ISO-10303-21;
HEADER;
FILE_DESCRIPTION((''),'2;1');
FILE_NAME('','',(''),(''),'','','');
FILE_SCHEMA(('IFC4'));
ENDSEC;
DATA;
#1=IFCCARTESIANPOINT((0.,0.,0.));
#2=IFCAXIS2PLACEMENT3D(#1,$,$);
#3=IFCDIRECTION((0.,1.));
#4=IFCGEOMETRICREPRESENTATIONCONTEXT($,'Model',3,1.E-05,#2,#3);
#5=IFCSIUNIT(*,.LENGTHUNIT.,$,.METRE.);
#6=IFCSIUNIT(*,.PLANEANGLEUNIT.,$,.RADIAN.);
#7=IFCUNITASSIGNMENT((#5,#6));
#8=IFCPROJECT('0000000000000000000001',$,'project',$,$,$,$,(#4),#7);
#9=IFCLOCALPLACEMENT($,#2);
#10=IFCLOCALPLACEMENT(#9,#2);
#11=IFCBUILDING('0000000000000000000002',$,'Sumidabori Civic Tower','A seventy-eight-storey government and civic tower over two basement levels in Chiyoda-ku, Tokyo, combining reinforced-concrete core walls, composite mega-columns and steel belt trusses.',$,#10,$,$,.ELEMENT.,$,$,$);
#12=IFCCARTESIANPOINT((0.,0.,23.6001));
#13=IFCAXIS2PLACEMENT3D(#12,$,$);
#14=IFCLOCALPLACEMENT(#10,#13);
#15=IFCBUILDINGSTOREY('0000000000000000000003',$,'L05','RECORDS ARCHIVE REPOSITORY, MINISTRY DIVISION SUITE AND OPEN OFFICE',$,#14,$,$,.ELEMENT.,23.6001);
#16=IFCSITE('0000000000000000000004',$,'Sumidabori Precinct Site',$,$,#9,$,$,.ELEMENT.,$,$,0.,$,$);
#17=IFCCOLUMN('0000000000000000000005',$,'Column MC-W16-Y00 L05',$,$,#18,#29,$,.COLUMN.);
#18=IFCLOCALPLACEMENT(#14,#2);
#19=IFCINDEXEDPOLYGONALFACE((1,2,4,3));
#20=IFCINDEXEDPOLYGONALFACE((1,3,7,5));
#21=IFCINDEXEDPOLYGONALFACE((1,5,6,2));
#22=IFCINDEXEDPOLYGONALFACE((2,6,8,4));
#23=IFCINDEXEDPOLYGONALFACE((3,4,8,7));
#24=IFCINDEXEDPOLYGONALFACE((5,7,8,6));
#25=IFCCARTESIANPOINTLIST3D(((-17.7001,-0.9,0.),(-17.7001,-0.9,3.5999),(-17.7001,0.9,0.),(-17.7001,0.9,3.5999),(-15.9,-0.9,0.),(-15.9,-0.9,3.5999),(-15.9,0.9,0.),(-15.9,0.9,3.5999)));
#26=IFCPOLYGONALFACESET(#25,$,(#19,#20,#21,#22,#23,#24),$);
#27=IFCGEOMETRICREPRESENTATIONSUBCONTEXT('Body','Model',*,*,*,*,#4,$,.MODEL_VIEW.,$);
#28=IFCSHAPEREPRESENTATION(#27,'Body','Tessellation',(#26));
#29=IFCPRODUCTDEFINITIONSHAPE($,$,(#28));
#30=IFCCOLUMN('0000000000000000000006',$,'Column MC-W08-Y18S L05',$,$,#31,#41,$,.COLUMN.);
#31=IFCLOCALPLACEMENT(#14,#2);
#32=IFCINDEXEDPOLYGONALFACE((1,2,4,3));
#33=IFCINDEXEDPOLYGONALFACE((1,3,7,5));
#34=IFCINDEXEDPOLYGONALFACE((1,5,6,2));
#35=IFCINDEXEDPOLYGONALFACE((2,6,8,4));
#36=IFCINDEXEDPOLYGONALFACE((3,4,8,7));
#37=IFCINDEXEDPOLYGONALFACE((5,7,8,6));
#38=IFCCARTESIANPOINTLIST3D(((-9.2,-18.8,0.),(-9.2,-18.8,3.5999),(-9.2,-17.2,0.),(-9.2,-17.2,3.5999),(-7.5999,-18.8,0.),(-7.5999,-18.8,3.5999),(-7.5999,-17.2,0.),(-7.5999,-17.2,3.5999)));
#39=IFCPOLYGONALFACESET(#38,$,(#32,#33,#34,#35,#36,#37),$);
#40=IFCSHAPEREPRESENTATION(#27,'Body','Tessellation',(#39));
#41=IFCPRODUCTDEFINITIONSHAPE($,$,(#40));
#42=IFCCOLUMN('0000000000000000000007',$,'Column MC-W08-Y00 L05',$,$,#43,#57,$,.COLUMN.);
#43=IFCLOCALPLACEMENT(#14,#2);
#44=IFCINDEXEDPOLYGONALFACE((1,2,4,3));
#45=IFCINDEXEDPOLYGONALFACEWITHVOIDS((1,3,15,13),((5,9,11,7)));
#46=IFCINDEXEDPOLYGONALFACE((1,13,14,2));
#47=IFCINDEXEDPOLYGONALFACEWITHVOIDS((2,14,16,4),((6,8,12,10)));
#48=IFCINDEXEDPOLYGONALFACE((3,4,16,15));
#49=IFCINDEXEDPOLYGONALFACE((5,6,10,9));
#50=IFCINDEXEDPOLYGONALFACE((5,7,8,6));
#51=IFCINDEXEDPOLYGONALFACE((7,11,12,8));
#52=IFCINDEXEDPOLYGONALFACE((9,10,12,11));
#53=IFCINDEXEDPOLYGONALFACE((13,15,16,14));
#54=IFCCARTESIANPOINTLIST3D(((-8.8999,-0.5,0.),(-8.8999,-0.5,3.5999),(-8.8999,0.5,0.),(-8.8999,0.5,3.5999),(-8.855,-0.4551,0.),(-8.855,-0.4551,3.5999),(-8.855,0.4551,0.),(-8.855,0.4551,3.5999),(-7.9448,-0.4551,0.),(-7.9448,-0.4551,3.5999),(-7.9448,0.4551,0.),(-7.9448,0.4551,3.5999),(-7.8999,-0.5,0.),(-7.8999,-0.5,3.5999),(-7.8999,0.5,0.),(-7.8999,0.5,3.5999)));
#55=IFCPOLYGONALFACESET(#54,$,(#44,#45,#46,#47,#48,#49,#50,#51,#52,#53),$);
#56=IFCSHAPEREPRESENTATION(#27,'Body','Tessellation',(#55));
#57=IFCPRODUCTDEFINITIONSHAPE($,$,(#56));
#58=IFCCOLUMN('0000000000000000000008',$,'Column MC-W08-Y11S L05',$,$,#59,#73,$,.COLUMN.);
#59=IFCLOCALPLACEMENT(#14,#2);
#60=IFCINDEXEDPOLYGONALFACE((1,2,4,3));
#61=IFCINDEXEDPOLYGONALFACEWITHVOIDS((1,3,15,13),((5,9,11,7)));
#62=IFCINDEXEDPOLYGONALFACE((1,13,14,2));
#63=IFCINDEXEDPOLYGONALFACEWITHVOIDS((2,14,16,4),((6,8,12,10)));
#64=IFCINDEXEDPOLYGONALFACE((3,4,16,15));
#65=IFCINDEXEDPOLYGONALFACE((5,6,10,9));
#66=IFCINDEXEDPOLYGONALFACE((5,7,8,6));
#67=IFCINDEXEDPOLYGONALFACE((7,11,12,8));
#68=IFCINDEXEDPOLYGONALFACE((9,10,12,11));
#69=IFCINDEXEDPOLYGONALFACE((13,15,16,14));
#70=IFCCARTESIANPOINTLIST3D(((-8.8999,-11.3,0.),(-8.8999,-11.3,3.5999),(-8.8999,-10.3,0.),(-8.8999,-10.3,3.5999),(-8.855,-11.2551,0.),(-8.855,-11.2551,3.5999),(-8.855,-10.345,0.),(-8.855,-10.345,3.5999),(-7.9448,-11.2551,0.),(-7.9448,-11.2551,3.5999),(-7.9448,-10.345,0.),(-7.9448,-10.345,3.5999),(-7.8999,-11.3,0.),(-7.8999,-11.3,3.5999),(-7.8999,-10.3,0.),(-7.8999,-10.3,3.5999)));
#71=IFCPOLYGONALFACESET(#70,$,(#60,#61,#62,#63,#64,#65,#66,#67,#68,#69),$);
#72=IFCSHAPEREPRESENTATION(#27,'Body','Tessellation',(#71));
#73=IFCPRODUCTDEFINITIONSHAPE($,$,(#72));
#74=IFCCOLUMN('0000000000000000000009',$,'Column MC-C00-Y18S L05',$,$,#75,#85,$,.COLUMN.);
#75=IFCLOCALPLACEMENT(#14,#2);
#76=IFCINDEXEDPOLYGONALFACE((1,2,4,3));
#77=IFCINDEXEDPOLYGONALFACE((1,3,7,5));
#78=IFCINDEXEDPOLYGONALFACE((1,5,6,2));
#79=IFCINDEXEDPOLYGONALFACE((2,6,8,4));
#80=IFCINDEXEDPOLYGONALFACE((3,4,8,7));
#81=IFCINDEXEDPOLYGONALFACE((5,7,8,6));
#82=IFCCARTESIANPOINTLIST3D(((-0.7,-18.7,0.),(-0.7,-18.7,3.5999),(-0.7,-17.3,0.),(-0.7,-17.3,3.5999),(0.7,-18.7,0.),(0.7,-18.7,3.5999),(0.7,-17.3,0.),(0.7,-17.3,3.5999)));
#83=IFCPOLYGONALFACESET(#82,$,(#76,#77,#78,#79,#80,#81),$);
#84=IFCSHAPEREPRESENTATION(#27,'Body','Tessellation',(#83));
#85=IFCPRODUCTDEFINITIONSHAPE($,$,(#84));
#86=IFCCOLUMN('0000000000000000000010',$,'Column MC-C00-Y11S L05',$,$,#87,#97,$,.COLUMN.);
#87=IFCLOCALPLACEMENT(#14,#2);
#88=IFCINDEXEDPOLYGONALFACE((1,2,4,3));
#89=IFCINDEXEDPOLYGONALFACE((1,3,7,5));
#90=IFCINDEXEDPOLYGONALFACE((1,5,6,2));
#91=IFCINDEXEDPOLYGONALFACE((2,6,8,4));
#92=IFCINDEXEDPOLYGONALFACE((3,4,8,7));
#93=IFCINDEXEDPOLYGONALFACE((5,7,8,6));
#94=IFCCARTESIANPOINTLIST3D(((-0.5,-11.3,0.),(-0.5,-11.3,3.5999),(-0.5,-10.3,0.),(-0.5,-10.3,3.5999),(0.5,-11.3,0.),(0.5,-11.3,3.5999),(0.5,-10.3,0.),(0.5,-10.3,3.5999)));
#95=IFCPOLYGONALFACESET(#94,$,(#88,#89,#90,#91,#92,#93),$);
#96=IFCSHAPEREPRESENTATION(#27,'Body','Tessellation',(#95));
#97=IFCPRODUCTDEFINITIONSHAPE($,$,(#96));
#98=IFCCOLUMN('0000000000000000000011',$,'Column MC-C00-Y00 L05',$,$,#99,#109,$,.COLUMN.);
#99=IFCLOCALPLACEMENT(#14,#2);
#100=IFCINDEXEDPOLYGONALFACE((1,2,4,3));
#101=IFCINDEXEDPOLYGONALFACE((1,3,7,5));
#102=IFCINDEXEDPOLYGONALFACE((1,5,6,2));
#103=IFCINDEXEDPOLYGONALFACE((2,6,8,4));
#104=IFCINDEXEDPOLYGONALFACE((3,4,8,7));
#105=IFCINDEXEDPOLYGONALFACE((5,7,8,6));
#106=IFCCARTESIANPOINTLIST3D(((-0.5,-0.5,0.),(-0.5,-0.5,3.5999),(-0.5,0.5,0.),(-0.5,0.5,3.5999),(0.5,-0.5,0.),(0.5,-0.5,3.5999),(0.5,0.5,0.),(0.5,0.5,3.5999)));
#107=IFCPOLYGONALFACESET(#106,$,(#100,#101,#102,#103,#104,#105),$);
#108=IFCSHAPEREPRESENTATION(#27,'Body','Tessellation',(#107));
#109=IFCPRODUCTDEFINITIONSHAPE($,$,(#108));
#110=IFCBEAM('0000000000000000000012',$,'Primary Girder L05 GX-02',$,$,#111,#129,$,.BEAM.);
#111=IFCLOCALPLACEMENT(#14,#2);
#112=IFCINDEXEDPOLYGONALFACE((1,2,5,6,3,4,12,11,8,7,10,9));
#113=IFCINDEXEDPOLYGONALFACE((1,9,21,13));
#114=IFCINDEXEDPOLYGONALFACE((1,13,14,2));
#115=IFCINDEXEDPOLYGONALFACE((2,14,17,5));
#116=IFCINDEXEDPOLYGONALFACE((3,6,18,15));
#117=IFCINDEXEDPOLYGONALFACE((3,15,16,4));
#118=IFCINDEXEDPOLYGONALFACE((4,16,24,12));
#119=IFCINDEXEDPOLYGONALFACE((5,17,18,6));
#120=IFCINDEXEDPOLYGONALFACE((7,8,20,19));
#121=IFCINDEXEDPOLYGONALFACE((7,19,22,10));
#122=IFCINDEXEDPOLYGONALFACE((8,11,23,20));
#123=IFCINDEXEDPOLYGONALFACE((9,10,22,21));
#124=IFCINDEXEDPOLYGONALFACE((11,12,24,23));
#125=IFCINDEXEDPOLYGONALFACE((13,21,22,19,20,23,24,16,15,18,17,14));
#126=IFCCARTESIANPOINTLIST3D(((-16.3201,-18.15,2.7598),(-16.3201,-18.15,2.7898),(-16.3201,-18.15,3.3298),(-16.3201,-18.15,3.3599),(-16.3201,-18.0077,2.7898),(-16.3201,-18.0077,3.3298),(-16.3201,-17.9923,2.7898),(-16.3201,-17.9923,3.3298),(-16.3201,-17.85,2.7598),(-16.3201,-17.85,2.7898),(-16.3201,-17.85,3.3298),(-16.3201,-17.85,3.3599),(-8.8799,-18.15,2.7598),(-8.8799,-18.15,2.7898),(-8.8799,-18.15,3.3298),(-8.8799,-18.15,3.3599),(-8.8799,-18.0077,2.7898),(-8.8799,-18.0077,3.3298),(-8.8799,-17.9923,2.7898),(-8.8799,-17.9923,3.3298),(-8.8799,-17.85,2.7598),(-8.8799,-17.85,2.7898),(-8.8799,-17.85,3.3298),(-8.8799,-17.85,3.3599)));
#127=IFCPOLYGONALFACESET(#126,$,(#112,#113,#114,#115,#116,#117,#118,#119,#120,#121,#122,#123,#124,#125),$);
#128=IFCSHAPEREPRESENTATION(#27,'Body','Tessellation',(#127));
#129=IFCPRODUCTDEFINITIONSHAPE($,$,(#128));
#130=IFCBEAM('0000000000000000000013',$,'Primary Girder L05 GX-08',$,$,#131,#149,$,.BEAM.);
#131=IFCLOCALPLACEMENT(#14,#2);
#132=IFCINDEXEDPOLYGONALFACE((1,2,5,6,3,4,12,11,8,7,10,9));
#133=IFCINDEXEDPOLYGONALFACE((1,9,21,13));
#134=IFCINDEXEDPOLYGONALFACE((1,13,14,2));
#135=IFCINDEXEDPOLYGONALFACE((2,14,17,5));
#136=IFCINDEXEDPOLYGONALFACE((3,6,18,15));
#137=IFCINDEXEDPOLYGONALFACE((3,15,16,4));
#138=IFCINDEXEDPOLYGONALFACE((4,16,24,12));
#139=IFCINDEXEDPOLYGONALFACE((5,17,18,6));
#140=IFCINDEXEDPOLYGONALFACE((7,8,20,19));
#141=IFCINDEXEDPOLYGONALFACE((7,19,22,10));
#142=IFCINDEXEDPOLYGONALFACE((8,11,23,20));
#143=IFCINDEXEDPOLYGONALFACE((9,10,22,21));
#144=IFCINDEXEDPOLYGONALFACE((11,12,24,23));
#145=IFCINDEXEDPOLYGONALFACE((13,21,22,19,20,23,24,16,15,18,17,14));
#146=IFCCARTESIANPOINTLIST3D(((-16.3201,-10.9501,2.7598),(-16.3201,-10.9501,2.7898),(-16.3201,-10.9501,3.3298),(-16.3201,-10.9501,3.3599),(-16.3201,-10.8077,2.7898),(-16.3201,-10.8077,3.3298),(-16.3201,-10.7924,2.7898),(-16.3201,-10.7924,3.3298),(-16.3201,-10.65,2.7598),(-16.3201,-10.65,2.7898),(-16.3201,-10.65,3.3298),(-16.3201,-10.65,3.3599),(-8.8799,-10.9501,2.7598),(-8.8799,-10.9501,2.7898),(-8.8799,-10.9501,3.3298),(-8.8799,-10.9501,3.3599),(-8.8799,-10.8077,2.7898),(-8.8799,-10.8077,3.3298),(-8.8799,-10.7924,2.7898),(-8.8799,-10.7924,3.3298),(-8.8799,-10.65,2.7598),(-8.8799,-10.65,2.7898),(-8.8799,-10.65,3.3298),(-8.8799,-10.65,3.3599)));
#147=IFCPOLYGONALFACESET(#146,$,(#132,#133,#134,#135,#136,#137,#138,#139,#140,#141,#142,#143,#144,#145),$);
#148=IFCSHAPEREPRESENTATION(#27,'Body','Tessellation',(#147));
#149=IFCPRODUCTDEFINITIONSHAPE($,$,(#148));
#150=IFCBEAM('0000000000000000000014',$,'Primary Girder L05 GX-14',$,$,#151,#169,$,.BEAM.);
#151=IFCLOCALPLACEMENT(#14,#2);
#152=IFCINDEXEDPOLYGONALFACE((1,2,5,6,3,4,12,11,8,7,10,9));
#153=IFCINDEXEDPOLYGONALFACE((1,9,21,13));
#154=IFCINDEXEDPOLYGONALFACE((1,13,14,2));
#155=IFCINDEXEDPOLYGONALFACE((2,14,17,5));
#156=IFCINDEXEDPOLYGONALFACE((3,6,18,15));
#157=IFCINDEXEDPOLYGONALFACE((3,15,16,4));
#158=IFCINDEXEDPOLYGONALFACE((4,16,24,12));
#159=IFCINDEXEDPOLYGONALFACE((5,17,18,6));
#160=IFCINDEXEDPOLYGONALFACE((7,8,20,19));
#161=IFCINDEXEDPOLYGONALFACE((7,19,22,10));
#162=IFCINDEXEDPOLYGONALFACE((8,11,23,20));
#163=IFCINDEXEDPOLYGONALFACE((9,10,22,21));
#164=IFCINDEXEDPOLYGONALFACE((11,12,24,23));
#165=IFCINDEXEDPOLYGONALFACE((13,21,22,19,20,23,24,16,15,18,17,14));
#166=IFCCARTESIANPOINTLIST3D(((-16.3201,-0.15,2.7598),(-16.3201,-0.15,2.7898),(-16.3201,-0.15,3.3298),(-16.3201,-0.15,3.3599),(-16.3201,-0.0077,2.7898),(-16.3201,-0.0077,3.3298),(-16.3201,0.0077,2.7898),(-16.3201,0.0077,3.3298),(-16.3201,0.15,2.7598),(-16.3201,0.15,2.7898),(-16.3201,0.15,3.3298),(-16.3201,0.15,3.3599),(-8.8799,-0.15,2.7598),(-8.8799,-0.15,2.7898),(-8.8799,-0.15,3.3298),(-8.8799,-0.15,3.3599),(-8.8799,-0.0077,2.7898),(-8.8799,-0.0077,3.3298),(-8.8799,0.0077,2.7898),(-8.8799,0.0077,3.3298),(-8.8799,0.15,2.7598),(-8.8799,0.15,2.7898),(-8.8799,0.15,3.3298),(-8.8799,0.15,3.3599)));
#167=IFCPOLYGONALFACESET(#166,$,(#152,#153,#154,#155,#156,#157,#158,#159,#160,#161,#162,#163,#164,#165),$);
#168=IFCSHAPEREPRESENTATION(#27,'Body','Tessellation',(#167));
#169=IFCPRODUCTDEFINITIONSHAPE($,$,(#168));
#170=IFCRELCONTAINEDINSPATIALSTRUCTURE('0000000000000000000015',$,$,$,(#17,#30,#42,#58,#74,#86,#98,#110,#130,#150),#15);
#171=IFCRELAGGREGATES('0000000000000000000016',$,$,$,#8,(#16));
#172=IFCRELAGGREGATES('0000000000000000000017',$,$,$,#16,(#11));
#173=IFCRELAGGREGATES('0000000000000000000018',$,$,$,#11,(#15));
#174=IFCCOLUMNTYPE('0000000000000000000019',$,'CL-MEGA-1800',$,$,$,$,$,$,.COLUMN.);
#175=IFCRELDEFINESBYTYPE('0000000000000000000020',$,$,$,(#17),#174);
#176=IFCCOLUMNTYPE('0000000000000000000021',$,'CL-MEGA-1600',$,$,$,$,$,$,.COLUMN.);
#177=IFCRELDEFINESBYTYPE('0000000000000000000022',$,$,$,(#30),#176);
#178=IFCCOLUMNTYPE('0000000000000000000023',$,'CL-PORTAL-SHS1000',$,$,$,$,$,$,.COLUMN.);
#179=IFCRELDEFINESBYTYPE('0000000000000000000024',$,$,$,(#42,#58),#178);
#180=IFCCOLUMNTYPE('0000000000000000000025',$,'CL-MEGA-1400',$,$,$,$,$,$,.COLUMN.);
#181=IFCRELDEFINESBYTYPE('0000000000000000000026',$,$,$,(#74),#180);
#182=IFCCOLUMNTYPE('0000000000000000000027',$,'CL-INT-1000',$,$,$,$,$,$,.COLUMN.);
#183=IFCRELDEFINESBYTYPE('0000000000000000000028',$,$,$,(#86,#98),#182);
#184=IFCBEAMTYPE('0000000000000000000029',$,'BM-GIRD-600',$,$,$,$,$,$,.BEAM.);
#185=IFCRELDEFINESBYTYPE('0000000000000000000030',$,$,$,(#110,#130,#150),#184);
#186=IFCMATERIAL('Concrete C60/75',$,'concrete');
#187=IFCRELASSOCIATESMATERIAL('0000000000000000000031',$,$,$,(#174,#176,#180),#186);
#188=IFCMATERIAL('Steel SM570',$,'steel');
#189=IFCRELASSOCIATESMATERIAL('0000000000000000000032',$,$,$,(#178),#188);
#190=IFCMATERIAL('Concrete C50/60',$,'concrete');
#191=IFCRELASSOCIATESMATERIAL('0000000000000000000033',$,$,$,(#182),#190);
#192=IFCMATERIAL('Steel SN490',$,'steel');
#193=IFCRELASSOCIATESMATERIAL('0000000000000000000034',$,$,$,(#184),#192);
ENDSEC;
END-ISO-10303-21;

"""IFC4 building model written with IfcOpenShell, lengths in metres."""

from ifc_helpers import new_model, si_unit, direction, frame, origin, origin_2d, place, context, subcontext, project, spatial, rectangle, hollow_rectangle, i_section, extrude, source, transform, mapped, material, material_profile, profile_set, type_object, element, save


model = new_model("IFC4")

# Units and contexts
model_context = context("Model", 3, precision=1e-05, world=origin(), true_north=direction((0.0, 1.0)))
body_context = subcontext(model_context, "Body", "Model", "MODEL_VIEW")
ifc_project = project(units=[si_unit("LENGTHUNIT", "METRE"), si_unit("PLANEANGLEUNIT", "RADIAN")], contexts=[model_context])

# Site, building, storey
site_placement = place(None, origin())
site = spatial("IfcSite", under=ifc_project, at=site_placement, Name="Sumidabori Precinct Site", CompositionType="ELEMENT", RefElevation=0.0)
building_placement = place(site_placement, origin())
building = spatial("IfcBuilding", under=site, at=building_placement, Name="Sumidabori Civic Tower", Description="A seventy-eight-storey government and civic tower over two basement levels in Chiyoda-ku, Tokyo, combining reinforced-concrete core walls, composite mega-columns and steel belt trusses.", CompositionType="ELEMENT")
storey_placement = place(building_placement, frame((0.0, 0.0, 23.6001)))
storey = spatial("IfcBuildingStorey", under=building, at=storey_placement, Name="L05", Description="RECORDS ARCHIVE REPOSITORY, MINISTRY DIVISION SUITE AND OPEN OFFICE", CompositionType="ELEMENT", Elevation=23.6001)

# Columns
ifc_material_1 = material(Name="Concrete C60/75", Category="concrete")
ifc_material_profile_1 = material_profile(ifc_material_1, rectangle(XDim=1.8, YDim=1.8, at=origin_2d()), Name="RC 1800x1800")
ifc_profile_set_1 = profile_set([ifc_material_profile_1], Name="Concrete C60/75")
column_type_1 = type_object("IfcColumnType", Name="CL-MEGA-1800", PredefinedType="COLUMN", material=ifc_profile_set_1)
shared_shape_1 = source(origin(), body_context, "Body", "SweptSolid", [
    extrude(rectangle(XDim=1.8, YDim=1.8, at=origin_2d()), origin(), (0.0, 0.0, 1.0), 3.5999),
])
column_1_placement = place(storey_placement, frame((-16.8, 0.0, 0.0), z_axis=(0.0, 0.0, 1.0), x_axis=(1.0, 0.0, 0.0)))
element("IfcColumn", 1, at=column_1_placement, inside=storey, type_object=column_type_1, Name="Column MC-W16-Y00 L05", PredefinedType="COLUMN", context=body_context, shape_type="MappedRepresentation", body=[
    mapped(shared_shape_1, transform((0.0, 0.0, 0.0), x_axis=(1.0, 0.0, 0.0), y_axis=(0.0, 1.0, 0.0), z_axis=(0.0, 0.0, 1.0), scale=1.0)),
])
ifc_material_profile_2 = material_profile(ifc_material_1, rectangle(XDim=1.6001, YDim=1.6001, at=origin_2d()), Name="RC 1600x1600")
ifc_profile_set_2 = profile_set([ifc_material_profile_2], Name="Concrete C60/75")
column_type_2 = type_object("IfcColumnType", Name="CL-MEGA-1600", PredefinedType="COLUMN", material=ifc_profile_set_2)
shared_shape_2 = source(origin(), body_context, "Body", "SweptSolid", [
    extrude(rectangle(XDim=1.6001, YDim=1.6001, at=origin_2d()), origin(), (0.0, 0.0, 1.0), 3.5999),
])
column_2_placement = place(storey_placement, frame((-8.3999, -18.0, 0.0), z_axis=(0.0, 0.0, 1.0), x_axis=(1.0, 0.0, 0.0)))
element("IfcColumn", 2, at=column_2_placement, inside=storey, type_object=column_type_2, Name="Column MC-W08-Y18S L05", PredefinedType="COLUMN", context=body_context, shape_type="MappedRepresentation", body=[
    mapped(shared_shape_2, transform((0.0, 0.0, 0.0), x_axis=(1.0, 0.0, 0.0), y_axis=(0.0, 1.0, 0.0), z_axis=(0.0, 0.0, 1.0), scale=1.0)),
])
ifc_material_2 = material(Name="Steel SM570", Category="steel")
ifc_material_profile_3 = material_profile(ifc_material_2, hollow_rectangle(XDim=1.0, YDim=1.0, WallThickness=0.0449, at=origin_2d()), Name="SHS 1000x1000x45")
ifc_profile_set_3 = profile_set([ifc_material_profile_3], Name="Steel SM570")
column_type_3 = type_object("IfcColumnType", Name="CL-PORTAL-SHS1000", PredefinedType="COLUMN", material=ifc_profile_set_3)
shared_shape_3 = source(origin(), body_context, "Body", "SweptSolid", [
    extrude(hollow_rectangle(XDim=1.0, YDim=1.0, WallThickness=0.0449, at=origin_2d()), origin(), (0.0, 0.0, 1.0), 3.5999),
])
for number, where, z_axis, x_axis, name in (
    (3, (-8.3999, 0.0, 0.0), (0.0, 0.0, 1.0), (1.0, 0.0, 0.0), "Column MC-W08-Y00 L05"),
    (4, (-8.3999, -10.8, 0.0), (0.0, 0.0, 1.0), (1.0, 0.0, 0.0), "Column MC-W08-Y11S L05"),
):
    element("IfcColumn", number, at=place(storey_placement, frame(where, z_axis=z_axis, x_axis=x_axis)), inside=storey, type_object=column_type_3, Name=name, PredefinedType="COLUMN", context=body_context, shape_type="MappedRepresentation", body=[
        mapped(shared_shape_3, transform((0.0, 0.0, 0.0), x_axis=(1.0, 0.0, 0.0), y_axis=(0.0, 1.0, 0.0), z_axis=(0.0, 0.0, 1.0), scale=1.0)),
    ])
ifc_material_profile_4 = material_profile(ifc_material_1, rectangle(XDim=1.3999, YDim=1.3999, at=origin_2d()), Name="RC 1400x1400")
ifc_profile_set_4 = profile_set([ifc_material_profile_4], Name="Concrete C60/75")
column_type_4 = type_object("IfcColumnType", Name="CL-MEGA-1400", PredefinedType="COLUMN", material=ifc_profile_set_4)
shared_shape_4 = source(origin(), body_context, "Body", "SweptSolid", [
    extrude(rectangle(XDim=1.3999, YDim=1.3999, at=origin_2d()), origin(), (0.0, 0.0, 1.0), 3.5999),
])
column_3_placement = place(storey_placement, frame((0.0, -18.0, 0.0), z_axis=(0.0, 0.0, 1.0), x_axis=(1.0, 0.0, 0.0)))
element("IfcColumn", 5, at=column_3_placement, inside=storey, type_object=column_type_4, Name="Column MC-C00-Y18S L05", PredefinedType="COLUMN", context=body_context, shape_type="MappedRepresentation", body=[
    mapped(shared_shape_4, transform((0.0, 0.0, 0.0), x_axis=(1.0, 0.0, 0.0), y_axis=(0.0, 1.0, 0.0), z_axis=(0.0, 0.0, 1.0), scale=1.0)),
])
ifc_material_3 = material(Name="Concrete C50/60", Category="concrete")
ifc_material_profile_5 = material_profile(ifc_material_3, rectangle(XDim=1.0, YDim=1.0, at=origin_2d()), Name="RC 1000x1000")
ifc_profile_set_5 = profile_set([ifc_material_profile_5], Name="Concrete C50/60")
column_type_5 = type_object("IfcColumnType", Name="CL-INT-1000", PredefinedType="COLUMN", material=ifc_profile_set_5)
shared_shape_5 = source(origin(), body_context, "Body", "SweptSolid", [
    extrude(rectangle(XDim=1.0, YDim=1.0, at=origin_2d()), origin(), (0.0, 0.0, 1.0), 3.5999),
])
for number, where, z_axis, x_axis, name in (
    (6, (0.0, -10.8, 0.0), (0.0, 0.0, 1.0), (1.0, 0.0, 0.0), "Column MC-C00-Y11S L05"),
    (7, (0.0, 0.0, 0.0), (0.0, 0.0, 1.0), (1.0, 0.0, 0.0), "Column MC-C00-Y00 L05"),
):
    element("IfcColumn", number, at=place(storey_placement, frame(where, z_axis=z_axis, x_axis=x_axis)), inside=storey, type_object=column_type_5, Name=name, PredefinedType="COLUMN", context=body_context, shape_type="MappedRepresentation", body=[
        mapped(shared_shape_5, transform((0.0, 0.0, 0.0), x_axis=(1.0, 0.0, 0.0), y_axis=(0.0, 1.0, 0.0), z_axis=(0.0, 0.0, 1.0), scale=1.0)),
    ])

# Beams
ifc_material_4 = material(Name="Steel SN490", Category="steel")
ifc_material_profile_6 = material_profile(ifc_material_4, i_section(OverallWidth=0.3, OverallDepth=0.6001, WebThickness=0.0154, FlangeThickness=0.03, at=origin_2d()), Name="HE 600 B")
ifc_profile_set_6 = profile_set([ifc_material_profile_6], Name="Steel SN490")
beam_type_1 = type_object("IfcBeamType", Name="BM-GIRD-600", PredefinedType="BEAM", material=ifc_profile_set_6)
shared_shape_6 = source(origin(), body_context, "Body", "SweptSolid", [
    extrude(i_section(OverallWidth=0.3, OverallDepth=0.6001, WebThickness=0.0154, FlangeThickness=0.03, at=origin_2d()), origin(), (0.0, 0.0, 1.0), 7.4402),
])
for number, where, z_axis, x_axis, name in (
    (8, (-16.3201, -18.0, 3.0598), (1.0, 0.0, 0.0), (0.0, 1.0, 0.0), "Primary Girder L05 GX-02"),
    (9, (-16.3201, -10.8, 3.0598), (1.0, 0.0, 0.0), (0.0, 1.0, 0.0), "Primary Girder L05 GX-08"),
    (10, (-16.3201, 0.0, 3.0598), (1.0, 0.0, 0.0), (0.0, 1.0, 0.0), "Primary Girder L05 GX-14"),
):
    element("IfcBeam", number, at=place(storey_placement, frame(where, z_axis=z_axis, x_axis=x_axis)), inside=storey, type_object=beam_type_1, Name=name, PredefinedType="BEAM", context=body_context, shape_type="MappedRepresentation", body=[
        mapped(shared_shape_6, transform((0.0, 0.0, 0.0), x_axis=(1.0, 0.0, 0.0), y_axis=(0.0, 1.0, 0.0), z_axis=(0.0, 0.0, 1.0), scale=1.0)),
    ])

save(model, "model.ifc")
